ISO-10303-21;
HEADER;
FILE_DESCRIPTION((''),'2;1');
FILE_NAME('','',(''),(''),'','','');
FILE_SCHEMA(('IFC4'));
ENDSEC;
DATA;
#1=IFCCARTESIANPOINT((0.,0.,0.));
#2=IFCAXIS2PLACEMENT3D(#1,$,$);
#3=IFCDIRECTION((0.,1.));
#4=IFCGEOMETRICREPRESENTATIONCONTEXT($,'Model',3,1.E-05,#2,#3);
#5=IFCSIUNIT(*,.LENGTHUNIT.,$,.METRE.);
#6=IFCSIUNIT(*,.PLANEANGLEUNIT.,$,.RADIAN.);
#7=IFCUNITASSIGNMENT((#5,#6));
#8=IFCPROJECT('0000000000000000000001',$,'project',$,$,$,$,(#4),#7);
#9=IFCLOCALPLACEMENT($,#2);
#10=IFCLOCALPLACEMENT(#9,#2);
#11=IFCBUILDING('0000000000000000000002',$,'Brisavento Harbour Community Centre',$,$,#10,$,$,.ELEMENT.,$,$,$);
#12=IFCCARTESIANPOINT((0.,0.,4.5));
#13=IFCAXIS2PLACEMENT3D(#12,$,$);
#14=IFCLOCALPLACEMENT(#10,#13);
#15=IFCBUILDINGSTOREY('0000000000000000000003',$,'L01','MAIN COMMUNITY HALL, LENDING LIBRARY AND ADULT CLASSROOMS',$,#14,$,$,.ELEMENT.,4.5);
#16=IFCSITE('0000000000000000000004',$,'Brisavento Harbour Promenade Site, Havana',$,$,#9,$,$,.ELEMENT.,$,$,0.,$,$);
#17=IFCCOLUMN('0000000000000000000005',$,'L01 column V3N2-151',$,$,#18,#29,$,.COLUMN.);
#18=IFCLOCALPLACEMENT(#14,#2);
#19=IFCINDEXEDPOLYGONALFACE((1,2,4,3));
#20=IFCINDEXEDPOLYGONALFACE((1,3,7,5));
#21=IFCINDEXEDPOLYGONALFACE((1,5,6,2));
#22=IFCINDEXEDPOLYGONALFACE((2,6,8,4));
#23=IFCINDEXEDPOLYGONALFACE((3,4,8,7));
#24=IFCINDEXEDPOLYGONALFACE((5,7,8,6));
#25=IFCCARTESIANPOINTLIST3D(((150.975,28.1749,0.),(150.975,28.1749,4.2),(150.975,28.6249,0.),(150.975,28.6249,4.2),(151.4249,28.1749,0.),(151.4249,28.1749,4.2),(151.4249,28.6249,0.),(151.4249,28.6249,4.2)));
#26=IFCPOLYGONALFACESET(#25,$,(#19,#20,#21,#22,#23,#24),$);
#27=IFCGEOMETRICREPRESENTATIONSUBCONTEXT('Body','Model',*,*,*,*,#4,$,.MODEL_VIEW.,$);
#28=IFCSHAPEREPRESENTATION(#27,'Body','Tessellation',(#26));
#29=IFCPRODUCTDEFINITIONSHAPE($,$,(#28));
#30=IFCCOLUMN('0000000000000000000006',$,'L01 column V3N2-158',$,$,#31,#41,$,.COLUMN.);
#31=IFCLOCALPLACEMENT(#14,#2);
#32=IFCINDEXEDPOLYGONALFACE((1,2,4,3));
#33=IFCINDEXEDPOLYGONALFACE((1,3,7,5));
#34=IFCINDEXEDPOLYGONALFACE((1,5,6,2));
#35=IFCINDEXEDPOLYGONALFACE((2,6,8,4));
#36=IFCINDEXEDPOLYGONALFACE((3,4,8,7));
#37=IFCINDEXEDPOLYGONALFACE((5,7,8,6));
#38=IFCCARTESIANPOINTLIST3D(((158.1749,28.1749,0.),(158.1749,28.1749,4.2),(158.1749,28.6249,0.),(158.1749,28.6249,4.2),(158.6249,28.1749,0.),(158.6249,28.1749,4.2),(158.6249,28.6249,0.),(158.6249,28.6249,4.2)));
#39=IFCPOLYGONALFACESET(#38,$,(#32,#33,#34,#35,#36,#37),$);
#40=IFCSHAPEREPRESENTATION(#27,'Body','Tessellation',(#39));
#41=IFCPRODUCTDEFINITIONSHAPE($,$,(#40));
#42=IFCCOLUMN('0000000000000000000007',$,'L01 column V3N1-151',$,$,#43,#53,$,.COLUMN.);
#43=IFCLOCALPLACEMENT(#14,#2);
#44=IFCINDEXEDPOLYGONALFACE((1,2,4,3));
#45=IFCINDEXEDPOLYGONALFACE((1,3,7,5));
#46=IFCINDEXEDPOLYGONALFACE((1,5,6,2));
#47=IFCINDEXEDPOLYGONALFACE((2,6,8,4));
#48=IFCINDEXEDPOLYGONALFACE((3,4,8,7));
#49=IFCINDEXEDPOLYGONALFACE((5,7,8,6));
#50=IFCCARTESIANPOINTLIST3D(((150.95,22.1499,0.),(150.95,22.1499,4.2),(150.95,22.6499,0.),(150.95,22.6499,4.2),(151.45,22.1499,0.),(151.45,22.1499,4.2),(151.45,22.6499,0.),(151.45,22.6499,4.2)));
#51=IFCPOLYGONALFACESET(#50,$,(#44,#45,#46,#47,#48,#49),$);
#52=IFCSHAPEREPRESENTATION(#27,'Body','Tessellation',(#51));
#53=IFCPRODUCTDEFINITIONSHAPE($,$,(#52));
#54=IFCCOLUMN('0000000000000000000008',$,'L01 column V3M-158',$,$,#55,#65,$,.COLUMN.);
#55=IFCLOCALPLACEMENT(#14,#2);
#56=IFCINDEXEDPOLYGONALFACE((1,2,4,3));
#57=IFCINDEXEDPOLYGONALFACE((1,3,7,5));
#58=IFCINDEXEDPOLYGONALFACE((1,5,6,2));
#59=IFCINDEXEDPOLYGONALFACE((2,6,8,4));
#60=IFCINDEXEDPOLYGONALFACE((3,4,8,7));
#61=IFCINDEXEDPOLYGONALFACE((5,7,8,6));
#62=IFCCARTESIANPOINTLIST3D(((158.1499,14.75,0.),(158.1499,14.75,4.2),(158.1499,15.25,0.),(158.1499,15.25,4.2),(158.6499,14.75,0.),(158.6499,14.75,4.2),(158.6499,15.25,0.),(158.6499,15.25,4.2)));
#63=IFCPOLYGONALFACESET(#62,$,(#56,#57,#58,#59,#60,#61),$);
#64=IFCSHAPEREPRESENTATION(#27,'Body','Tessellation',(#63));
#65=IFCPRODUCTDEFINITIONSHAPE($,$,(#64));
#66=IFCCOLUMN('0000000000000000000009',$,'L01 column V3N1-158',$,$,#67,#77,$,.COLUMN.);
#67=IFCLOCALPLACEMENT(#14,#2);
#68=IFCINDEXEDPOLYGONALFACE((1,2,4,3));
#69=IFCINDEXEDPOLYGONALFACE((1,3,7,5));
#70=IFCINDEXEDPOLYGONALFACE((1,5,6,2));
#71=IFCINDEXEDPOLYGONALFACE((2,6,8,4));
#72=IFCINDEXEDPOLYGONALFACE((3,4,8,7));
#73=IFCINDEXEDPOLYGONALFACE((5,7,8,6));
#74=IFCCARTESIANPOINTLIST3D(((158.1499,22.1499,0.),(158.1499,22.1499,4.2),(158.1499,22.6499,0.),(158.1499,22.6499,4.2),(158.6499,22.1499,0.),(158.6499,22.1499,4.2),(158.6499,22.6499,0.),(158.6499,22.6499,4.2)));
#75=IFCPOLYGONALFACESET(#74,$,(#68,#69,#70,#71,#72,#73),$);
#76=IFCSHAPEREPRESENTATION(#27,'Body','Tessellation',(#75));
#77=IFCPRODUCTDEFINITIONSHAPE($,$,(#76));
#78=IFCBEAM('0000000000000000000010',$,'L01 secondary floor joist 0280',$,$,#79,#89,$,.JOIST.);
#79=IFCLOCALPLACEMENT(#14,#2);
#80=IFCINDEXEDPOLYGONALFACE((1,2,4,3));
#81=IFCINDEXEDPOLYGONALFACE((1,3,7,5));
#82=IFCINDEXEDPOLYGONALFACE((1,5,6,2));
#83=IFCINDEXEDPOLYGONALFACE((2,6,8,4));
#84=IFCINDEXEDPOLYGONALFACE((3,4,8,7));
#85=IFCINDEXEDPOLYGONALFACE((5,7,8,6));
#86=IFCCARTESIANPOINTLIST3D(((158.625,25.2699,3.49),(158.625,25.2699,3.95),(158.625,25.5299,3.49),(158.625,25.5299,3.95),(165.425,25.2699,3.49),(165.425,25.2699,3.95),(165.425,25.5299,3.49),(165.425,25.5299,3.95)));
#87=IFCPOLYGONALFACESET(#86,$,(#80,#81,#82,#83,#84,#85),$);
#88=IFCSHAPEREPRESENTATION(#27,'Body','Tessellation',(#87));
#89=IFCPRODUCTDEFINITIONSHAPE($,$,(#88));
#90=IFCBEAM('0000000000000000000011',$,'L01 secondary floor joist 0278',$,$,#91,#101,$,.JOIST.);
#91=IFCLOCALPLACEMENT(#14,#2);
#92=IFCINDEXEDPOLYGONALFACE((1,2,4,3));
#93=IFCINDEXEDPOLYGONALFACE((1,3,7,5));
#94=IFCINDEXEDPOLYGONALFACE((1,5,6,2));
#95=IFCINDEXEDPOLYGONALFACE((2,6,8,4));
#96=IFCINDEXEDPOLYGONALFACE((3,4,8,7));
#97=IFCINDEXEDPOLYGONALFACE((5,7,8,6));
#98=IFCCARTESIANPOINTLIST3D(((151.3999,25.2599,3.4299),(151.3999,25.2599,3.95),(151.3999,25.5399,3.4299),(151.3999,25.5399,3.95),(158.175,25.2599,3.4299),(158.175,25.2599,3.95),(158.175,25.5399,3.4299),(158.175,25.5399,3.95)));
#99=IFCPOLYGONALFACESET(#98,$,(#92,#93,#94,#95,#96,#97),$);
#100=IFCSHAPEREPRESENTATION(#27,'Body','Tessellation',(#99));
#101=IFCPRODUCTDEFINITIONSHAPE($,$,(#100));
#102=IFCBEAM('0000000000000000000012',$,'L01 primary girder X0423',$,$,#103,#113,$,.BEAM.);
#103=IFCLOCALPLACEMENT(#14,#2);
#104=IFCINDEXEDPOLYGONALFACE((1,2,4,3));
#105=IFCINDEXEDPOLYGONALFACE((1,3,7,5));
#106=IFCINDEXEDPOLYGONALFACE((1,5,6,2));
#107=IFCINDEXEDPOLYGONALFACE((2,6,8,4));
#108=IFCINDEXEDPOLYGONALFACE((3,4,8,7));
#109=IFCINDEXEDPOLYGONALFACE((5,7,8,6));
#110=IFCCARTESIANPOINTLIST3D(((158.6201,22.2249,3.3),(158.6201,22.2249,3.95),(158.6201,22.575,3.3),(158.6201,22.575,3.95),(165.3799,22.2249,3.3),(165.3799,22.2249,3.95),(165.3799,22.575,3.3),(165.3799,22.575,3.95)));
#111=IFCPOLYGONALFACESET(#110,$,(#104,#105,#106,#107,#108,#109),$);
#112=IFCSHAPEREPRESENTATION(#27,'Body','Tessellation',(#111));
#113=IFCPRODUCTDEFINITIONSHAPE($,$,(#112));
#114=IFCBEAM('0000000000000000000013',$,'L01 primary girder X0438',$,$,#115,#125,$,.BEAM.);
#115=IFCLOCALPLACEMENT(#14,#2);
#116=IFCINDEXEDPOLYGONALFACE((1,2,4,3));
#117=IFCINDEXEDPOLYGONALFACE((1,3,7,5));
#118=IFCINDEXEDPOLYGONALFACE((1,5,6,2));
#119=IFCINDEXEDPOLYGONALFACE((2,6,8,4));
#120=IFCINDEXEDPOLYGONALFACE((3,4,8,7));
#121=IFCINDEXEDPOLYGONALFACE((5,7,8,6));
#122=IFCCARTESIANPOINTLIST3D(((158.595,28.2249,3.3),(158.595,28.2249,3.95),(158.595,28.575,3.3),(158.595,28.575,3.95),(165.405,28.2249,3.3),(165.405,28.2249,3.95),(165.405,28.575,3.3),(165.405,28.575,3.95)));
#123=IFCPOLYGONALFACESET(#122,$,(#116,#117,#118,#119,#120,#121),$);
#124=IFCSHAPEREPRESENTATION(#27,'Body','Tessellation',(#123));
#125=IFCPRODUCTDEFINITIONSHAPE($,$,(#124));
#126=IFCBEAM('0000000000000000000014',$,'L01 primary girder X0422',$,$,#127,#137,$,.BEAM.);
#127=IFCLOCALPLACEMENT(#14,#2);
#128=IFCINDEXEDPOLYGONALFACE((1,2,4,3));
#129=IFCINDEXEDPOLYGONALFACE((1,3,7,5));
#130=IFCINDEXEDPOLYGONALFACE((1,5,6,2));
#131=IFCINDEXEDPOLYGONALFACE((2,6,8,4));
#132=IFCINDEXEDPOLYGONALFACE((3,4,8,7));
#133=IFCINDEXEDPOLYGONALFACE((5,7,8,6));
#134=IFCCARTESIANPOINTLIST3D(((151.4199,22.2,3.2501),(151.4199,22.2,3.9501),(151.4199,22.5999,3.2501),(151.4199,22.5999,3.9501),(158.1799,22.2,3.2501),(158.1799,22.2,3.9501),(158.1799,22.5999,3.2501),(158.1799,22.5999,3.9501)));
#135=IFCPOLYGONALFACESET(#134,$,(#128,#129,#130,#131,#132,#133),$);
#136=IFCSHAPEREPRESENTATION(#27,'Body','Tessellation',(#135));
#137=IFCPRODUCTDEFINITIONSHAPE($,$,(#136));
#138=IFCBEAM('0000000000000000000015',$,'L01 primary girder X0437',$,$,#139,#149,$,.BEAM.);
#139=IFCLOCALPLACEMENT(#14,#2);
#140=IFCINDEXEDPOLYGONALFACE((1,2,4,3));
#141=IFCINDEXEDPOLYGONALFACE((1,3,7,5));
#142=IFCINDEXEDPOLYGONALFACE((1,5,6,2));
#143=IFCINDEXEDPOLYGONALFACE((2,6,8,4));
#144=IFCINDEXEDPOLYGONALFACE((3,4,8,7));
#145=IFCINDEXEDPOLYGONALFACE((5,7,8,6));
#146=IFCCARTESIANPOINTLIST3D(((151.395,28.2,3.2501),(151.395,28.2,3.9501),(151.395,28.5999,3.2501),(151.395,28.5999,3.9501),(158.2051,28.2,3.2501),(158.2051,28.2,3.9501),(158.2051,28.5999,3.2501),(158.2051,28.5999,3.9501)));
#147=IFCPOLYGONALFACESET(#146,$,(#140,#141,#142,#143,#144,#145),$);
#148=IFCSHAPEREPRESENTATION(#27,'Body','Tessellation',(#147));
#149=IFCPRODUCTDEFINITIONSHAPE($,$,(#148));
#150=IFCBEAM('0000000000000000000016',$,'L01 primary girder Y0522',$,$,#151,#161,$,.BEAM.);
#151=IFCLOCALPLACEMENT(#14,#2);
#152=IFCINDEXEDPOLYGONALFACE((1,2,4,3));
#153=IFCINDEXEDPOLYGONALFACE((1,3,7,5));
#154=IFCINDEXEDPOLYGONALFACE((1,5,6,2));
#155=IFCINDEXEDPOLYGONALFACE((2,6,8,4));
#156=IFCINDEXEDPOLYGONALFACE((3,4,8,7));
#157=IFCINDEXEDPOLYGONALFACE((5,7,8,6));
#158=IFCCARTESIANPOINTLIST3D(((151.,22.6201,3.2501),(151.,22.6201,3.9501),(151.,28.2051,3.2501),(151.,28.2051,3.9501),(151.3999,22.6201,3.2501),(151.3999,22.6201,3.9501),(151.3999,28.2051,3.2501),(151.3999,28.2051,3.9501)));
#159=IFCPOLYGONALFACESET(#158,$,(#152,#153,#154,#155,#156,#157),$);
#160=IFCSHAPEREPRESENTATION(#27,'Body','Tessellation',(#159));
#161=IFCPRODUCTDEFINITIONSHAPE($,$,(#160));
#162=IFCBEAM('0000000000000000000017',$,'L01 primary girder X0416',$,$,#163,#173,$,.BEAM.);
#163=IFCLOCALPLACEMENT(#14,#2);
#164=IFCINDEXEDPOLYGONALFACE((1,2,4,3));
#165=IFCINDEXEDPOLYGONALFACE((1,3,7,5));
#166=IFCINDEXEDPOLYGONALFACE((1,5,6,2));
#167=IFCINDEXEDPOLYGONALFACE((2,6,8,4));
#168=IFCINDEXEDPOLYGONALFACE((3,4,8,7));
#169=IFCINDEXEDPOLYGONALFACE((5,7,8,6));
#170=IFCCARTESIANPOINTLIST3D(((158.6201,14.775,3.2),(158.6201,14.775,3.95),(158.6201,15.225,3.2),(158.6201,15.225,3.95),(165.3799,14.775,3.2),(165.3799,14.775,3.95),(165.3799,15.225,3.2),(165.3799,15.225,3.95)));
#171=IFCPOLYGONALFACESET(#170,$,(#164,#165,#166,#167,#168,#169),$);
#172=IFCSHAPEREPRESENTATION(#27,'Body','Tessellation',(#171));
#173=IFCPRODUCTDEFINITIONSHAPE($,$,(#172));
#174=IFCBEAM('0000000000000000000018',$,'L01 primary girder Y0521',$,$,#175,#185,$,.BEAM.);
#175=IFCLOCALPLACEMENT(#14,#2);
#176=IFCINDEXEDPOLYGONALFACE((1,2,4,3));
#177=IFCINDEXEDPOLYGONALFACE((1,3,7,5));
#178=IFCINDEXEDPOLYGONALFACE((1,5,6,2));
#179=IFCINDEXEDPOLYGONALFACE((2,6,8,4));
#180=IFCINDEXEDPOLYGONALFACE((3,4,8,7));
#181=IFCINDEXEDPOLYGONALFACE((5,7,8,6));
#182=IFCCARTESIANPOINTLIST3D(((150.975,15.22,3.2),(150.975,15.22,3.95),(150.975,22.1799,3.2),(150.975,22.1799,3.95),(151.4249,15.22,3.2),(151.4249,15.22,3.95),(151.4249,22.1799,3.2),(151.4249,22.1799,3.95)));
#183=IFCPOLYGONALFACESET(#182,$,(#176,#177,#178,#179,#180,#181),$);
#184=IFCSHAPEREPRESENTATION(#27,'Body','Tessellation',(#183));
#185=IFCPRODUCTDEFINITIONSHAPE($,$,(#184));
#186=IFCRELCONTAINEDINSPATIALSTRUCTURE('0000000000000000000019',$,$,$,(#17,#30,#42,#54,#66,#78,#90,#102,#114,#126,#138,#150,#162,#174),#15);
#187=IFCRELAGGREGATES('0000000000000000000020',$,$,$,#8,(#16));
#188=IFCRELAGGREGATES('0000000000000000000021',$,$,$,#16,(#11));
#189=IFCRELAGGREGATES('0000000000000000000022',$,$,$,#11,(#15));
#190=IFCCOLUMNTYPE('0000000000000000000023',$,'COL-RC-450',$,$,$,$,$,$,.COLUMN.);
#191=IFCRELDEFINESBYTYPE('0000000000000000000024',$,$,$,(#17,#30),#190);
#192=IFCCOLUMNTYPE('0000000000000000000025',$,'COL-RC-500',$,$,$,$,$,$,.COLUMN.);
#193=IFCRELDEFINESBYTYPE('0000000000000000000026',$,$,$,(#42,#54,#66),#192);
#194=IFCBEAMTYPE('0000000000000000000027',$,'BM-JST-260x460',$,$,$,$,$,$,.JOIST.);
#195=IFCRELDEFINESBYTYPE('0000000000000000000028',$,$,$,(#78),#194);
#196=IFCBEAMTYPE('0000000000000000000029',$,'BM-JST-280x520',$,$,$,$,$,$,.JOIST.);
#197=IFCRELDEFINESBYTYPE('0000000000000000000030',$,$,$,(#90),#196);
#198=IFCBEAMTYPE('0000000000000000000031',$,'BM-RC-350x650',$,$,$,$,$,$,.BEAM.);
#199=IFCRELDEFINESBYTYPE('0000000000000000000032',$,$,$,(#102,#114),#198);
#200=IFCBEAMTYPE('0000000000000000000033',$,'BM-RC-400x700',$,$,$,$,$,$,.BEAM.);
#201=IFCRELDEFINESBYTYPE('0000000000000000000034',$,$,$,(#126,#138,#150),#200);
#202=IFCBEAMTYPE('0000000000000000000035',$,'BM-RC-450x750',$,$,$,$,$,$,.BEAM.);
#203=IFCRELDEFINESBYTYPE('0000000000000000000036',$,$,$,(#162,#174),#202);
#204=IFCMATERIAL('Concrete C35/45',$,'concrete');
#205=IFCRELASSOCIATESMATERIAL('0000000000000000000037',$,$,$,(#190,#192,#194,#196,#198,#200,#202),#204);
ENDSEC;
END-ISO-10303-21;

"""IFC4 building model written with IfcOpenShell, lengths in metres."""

from ifc_helpers import new_model, si_unit, direction, frame, origin, origin_2d, place, context, subcontext, project, spatial, rectangle, extrude, material, material_profile, profile_set, type_object, element, save


model = new_model("IFC4")

# Units and contexts
model_context = context("Model", 3, precision=1e-05, world=origin(), true_north=direction((0.0, 1.0)))
body_context = subcontext(model_context, "Body", "Model", "MODEL_VIEW")
ifc_project = project(units=[si_unit("LENGTHUNIT", "METRE"), si_unit("PLANEANGLEUNIT", "RADIAN")], contexts=[model_context])

# Site, building, storey
site_placement = place(None, origin())
site = spatial("IfcSite", under=ifc_project, at=site_placement, Name="Brisavento Harbour Promenade Site, Havana", CompositionType="ELEMENT", RefElevation=0.0)
building_placement = place(site_placement, origin())
building = spatial("IfcBuilding", under=site, at=building_placement, Name="Brisavento Harbour Community Centre", CompositionType="ELEMENT")
storey_placement = place(building_placement, frame((0.0, 0.0, 4.5)))
storey = spatial("IfcBuildingStorey", under=building, at=storey_placement, Name="L01", Description="MAIN COMMUNITY HALL, LENDING LIBRARY AND ADULT CLASSROOMS", CompositionType="ELEMENT", Elevation=4.5)

# Columns
ifc_material_1 = material(Name="Concrete C35/45", Category="concrete")
ifc_material_profile_1 = material_profile(ifc_material_1, rectangle(XDim=0.45, YDim=0.45, at=origin_2d()), Name="Concrete C35/45")
ifc_profile_set_1 = profile_set([ifc_material_profile_1], Name="Concrete C35/45")
column_type_1 = type_object("IfcColumnType", Name="COL-RC-450", PredefinedType="COLUMN", material=ifc_profile_set_1)
for number, where, z_axis, x_axis, name in (
    (1, (151.2, 28.3999, 0.0), (0.0, 0.0, 1.0), (1.0, 0.0, 0.0), "L01 column V3N2-151"),
    (2, (158.3999, 28.3999, 0.0), (0.0, 0.0, 1.0), (1.0, 0.0, 0.0), "L01 column V3N2-158"),
):
    element("IfcColumn", number, at=place(storey_placement, frame(where, z_axis=z_axis, x_axis=x_axis)), inside=storey, type_object=column_type_1, Name=name, PredefinedType="COLUMN", context=body_context, shape_type="SweptSolid", body=[
        extrude(rectangle(XDim=0.45, YDim=0.45, at=origin_2d()), origin(), (0.0, 0.0, 1.0), 4.2),
    ])
ifc_material_profile_2 = material_profile(ifc_material_1, rectangle(XDim=0.5, YDim=0.5, at=origin_2d()), Name="Concrete C35/45")
ifc_profile_set_2 = profile_set([ifc_material_profile_2], Name="Concrete C35/45")
column_type_2 = type_object("IfcColumnType", Name="COL-RC-500", PredefinedType="COLUMN", material=ifc_profile_set_2)
for number, where, z_axis, x_axis, name in (
    (3, (151.2, 22.3999, 0.0), (0.0, 0.0, 1.0), (1.0, 0.0, 0.0), "L01 column V3N1-151"),
    (4, (158.3999, 15.0, 0.0), (0.0, 0.0, 1.0), (1.0, 0.0, 0.0), "L01 column V3M-158"),
    (5, (158.3999, 22.3999, 0.0), (0.0, 0.0, 1.0), (1.0, 0.0, 0.0), "L01 column V3N1-158"),
):
    element("IfcColumn", number, at=place(storey_placement, frame(where, z_axis=z_axis, x_axis=x_axis)), inside=storey, type_object=column_type_2, Name=name, PredefinedType="COLUMN", context=body_context, shape_type="SweptSolid", body=[
        extrude(rectangle(XDim=0.5, YDim=0.5, at=origin_2d()), origin(), (0.0, 0.0, 1.0), 4.2),
    ])

# Beams
ifc_material_profile_3 = material_profile(ifc_material_1, rectangle(XDim=0.26, YDim=0.46, at=origin_2d()), Name="Concrete C35/45")
ifc_profile_set_3 = profile_set([ifc_material_profile_3], Name="Concrete C35/45")
beam_type_1 = type_object("IfcBeamType", Name="BM-JST-260x460", PredefinedType="JOIST", material=ifc_profile_set_3)
beam_1_placement = place(storey_placement, frame((158.625, 25.3999, 3.72), z_axis=(1.0, 0.0, 0.0), x_axis=(0.0, 1.0, 0.0)))
element("IfcBeam", 6, at=beam_1_placement, inside=storey, type_object=beam_type_1, Name="L01 secondary floor joist 0280", PredefinedType="JOIST", context=body_context, shape_type="SweptSolid", body=[
    extrude(rectangle(XDim=0.26, YDim=0.46, at=origin_2d()), origin(), (0.0, 0.0, 1.0), 6.8),
])
ifc_material_profile_4 = material_profile(ifc_material_1, rectangle(XDim=0.28, YDim=0.52, at=origin_2d()), Name="Concrete C35/45")
ifc_profile_set_4 = profile_set([ifc_material_profile_4], Name="Concrete C35/45")
beam_type_2 = type_object("IfcBeamType", Name="BM-JST-280x520", PredefinedType="JOIST", material=ifc_profile_set_4)
beam_2_placement = place(storey_placement, frame((151.3999, 25.3999, 3.6899), z_axis=(1.0, 0.0, 0.0), x_axis=(0.0, 1.0, 0.0)))
element("IfcBeam", 7, at=beam_2_placement, inside=storey, type_object=beam_type_2, Name="L01 secondary floor joist 0278", PredefinedType="JOIST", context=body_context, shape_type="SweptSolid", body=[
    extrude(rectangle(XDim=0.28, YDim=0.52, at=origin_2d()), origin(), (0.0, 0.0, 1.0), 6.7751),
])
ifc_material_profile_5 = material_profile(ifc_material_1, rectangle(XDim=0.3501, YDim=0.6499, at=origin_2d()), Name="Concrete C35/45")
ifc_profile_set_5 = profile_set([ifc_material_profile_5], Name="Concrete C35/45")
beam_type_3 = type_object("IfcBeamType", Name="BM-RC-350x650", PredefinedType="BEAM", material=ifc_profile_set_5)
beam_3_placement = place(storey_placement, frame((158.6201, 22.3999, 3.625), z_axis=(1.0, 0.0, 0.0), x_axis=(0.0, 1.0, 0.0)))
element("IfcBeam", 8, at=beam_3_placement, inside=storey, type_object=beam_type_3, Name="L01 primary girder X0423", PredefinedType="BEAM", context=body_context, shape_type="SweptSolid", body=[
    extrude(rectangle(XDim=0.3501, YDim=0.6499, at=origin_2d()), origin(), (0.0, 0.0, 1.0), 6.7598),
])
beam_4_placement = place(storey_placement, frame((158.595, 28.3999, 3.625), z_axis=(1.0, 0.0, 0.0), x_axis=(0.0, 1.0, 0.0)))
element("IfcBeam", 9, at=beam_4_placement, inside=storey, type_object=beam_type_3, Name="L01 primary girder X0438", PredefinedType="BEAM", context=body_context, shape_type="SweptSolid", body=[
    extrude(rectangle(XDim=0.3501, YDim=0.6499, at=origin_2d()), origin(), (0.0, 0.0, 1.0), 6.8101),
])
ifc_material_profile_6 = material_profile(ifc_material_1, rectangle(XDim=0.3999, YDim=0.7, at=origin_2d()), Name="Concrete C35/45")
ifc_profile_set_6 = profile_set([ifc_material_profile_6], Name="Concrete C35/45")
beam_type_4 = type_object("IfcBeamType", Name="BM-RC-400x700", PredefinedType="BEAM", material=ifc_profile_set_6)
beam_5_placement = place(storey_placement, frame((151.4199, 22.3999, 3.6001), z_axis=(1.0, 0.0, 0.0), x_axis=(0.0, 1.0, 0.0)))
element("IfcBeam", 10, at=beam_5_placement, inside=storey, type_object=beam_type_4, Name="L01 primary girder X0422", PredefinedType="BEAM", context=body_context, shape_type="SweptSolid", body=[
    extrude(rectangle(XDim=0.3999, YDim=0.7, at=origin_2d()), origin(), (0.0, 0.0, 1.0), 6.76),
])
beam_6_placement = place(storey_placement, frame((151.395, 28.3999, 3.6001), z_axis=(1.0, 0.0, 0.0), x_axis=(0.0, 1.0, 0.0)))
element("IfcBeam", 11, at=beam_6_placement, inside=storey, type_object=beam_type_4, Name="L01 primary girder X0437", PredefinedType="BEAM", context=body_context, shape_type="SweptSolid", body=[
    extrude(rectangle(XDim=0.3999, YDim=0.7, at=origin_2d()), origin(), (0.0, 0.0, 1.0), 6.8101),
])
beam_7_placement = place(storey_placement, frame((151.2, 22.6201, 3.6001), z_axis=(0.0, 1.0, 0.0), x_axis=(-1.0, 0.0, 0.0)))
element("IfcBeam", 12, at=beam_7_placement, inside=storey, type_object=beam_type_4, Name="L01 primary girder Y0522", PredefinedType="BEAM", context=body_context, shape_type="SweptSolid", body=[
    extrude(rectangle(XDim=0.3999, YDim=0.7, at=origin_2d()), origin(), (0.0, 0.0, 1.0), 5.585),
])
ifc_material_profile_7 = material_profile(ifc_material_1, rectangle(XDim=0.45, YDim=0.75, at=origin_2d()), Name="Concrete C35/45")
ifc_profile_set_7 = profile_set([ifc_material_profile_7], Name="Concrete C35/45")
beam_type_5 = type_object("IfcBeamType", Name="BM-RC-450x750", PredefinedType="BEAM", material=ifc_profile_set_7)
beam_8_placement = place(storey_placement, frame((158.6201, 15.0, 3.575), z_axis=(1.0, 0.0, 0.0), x_axis=(0.0, 1.0, 0.0)))
element("IfcBeam", 13, at=beam_8_placement, inside=storey, type_object=beam_type_5, Name="L01 primary girder X0416", PredefinedType="BEAM", context=body_context, shape_type="SweptSolid", body=[
    extrude(rectangle(XDim=0.45, YDim=0.75, at=origin_2d()), origin(), (0.0, 0.0, 1.0), 6.7598),
])
beam_9_placement = place(storey_placement, frame((151.2, 15.22, 3.575), z_axis=(0.0, 1.0, 0.0), x_axis=(-1.0, 0.0, 0.0)))
element("IfcBeam", 14, at=beam_9_placement, inside=storey, type_object=beam_type_5, Name="L01 primary girder Y0521", PredefinedType="BEAM", context=body_context, shape_type="SweptSolid", body=[
    extrude(rectangle(XDim=0.45, YDim=0.75, at=origin_2d()), origin(), (0.0, 0.0, 1.0), 6.96),
])

save(model, "model.ifc")
